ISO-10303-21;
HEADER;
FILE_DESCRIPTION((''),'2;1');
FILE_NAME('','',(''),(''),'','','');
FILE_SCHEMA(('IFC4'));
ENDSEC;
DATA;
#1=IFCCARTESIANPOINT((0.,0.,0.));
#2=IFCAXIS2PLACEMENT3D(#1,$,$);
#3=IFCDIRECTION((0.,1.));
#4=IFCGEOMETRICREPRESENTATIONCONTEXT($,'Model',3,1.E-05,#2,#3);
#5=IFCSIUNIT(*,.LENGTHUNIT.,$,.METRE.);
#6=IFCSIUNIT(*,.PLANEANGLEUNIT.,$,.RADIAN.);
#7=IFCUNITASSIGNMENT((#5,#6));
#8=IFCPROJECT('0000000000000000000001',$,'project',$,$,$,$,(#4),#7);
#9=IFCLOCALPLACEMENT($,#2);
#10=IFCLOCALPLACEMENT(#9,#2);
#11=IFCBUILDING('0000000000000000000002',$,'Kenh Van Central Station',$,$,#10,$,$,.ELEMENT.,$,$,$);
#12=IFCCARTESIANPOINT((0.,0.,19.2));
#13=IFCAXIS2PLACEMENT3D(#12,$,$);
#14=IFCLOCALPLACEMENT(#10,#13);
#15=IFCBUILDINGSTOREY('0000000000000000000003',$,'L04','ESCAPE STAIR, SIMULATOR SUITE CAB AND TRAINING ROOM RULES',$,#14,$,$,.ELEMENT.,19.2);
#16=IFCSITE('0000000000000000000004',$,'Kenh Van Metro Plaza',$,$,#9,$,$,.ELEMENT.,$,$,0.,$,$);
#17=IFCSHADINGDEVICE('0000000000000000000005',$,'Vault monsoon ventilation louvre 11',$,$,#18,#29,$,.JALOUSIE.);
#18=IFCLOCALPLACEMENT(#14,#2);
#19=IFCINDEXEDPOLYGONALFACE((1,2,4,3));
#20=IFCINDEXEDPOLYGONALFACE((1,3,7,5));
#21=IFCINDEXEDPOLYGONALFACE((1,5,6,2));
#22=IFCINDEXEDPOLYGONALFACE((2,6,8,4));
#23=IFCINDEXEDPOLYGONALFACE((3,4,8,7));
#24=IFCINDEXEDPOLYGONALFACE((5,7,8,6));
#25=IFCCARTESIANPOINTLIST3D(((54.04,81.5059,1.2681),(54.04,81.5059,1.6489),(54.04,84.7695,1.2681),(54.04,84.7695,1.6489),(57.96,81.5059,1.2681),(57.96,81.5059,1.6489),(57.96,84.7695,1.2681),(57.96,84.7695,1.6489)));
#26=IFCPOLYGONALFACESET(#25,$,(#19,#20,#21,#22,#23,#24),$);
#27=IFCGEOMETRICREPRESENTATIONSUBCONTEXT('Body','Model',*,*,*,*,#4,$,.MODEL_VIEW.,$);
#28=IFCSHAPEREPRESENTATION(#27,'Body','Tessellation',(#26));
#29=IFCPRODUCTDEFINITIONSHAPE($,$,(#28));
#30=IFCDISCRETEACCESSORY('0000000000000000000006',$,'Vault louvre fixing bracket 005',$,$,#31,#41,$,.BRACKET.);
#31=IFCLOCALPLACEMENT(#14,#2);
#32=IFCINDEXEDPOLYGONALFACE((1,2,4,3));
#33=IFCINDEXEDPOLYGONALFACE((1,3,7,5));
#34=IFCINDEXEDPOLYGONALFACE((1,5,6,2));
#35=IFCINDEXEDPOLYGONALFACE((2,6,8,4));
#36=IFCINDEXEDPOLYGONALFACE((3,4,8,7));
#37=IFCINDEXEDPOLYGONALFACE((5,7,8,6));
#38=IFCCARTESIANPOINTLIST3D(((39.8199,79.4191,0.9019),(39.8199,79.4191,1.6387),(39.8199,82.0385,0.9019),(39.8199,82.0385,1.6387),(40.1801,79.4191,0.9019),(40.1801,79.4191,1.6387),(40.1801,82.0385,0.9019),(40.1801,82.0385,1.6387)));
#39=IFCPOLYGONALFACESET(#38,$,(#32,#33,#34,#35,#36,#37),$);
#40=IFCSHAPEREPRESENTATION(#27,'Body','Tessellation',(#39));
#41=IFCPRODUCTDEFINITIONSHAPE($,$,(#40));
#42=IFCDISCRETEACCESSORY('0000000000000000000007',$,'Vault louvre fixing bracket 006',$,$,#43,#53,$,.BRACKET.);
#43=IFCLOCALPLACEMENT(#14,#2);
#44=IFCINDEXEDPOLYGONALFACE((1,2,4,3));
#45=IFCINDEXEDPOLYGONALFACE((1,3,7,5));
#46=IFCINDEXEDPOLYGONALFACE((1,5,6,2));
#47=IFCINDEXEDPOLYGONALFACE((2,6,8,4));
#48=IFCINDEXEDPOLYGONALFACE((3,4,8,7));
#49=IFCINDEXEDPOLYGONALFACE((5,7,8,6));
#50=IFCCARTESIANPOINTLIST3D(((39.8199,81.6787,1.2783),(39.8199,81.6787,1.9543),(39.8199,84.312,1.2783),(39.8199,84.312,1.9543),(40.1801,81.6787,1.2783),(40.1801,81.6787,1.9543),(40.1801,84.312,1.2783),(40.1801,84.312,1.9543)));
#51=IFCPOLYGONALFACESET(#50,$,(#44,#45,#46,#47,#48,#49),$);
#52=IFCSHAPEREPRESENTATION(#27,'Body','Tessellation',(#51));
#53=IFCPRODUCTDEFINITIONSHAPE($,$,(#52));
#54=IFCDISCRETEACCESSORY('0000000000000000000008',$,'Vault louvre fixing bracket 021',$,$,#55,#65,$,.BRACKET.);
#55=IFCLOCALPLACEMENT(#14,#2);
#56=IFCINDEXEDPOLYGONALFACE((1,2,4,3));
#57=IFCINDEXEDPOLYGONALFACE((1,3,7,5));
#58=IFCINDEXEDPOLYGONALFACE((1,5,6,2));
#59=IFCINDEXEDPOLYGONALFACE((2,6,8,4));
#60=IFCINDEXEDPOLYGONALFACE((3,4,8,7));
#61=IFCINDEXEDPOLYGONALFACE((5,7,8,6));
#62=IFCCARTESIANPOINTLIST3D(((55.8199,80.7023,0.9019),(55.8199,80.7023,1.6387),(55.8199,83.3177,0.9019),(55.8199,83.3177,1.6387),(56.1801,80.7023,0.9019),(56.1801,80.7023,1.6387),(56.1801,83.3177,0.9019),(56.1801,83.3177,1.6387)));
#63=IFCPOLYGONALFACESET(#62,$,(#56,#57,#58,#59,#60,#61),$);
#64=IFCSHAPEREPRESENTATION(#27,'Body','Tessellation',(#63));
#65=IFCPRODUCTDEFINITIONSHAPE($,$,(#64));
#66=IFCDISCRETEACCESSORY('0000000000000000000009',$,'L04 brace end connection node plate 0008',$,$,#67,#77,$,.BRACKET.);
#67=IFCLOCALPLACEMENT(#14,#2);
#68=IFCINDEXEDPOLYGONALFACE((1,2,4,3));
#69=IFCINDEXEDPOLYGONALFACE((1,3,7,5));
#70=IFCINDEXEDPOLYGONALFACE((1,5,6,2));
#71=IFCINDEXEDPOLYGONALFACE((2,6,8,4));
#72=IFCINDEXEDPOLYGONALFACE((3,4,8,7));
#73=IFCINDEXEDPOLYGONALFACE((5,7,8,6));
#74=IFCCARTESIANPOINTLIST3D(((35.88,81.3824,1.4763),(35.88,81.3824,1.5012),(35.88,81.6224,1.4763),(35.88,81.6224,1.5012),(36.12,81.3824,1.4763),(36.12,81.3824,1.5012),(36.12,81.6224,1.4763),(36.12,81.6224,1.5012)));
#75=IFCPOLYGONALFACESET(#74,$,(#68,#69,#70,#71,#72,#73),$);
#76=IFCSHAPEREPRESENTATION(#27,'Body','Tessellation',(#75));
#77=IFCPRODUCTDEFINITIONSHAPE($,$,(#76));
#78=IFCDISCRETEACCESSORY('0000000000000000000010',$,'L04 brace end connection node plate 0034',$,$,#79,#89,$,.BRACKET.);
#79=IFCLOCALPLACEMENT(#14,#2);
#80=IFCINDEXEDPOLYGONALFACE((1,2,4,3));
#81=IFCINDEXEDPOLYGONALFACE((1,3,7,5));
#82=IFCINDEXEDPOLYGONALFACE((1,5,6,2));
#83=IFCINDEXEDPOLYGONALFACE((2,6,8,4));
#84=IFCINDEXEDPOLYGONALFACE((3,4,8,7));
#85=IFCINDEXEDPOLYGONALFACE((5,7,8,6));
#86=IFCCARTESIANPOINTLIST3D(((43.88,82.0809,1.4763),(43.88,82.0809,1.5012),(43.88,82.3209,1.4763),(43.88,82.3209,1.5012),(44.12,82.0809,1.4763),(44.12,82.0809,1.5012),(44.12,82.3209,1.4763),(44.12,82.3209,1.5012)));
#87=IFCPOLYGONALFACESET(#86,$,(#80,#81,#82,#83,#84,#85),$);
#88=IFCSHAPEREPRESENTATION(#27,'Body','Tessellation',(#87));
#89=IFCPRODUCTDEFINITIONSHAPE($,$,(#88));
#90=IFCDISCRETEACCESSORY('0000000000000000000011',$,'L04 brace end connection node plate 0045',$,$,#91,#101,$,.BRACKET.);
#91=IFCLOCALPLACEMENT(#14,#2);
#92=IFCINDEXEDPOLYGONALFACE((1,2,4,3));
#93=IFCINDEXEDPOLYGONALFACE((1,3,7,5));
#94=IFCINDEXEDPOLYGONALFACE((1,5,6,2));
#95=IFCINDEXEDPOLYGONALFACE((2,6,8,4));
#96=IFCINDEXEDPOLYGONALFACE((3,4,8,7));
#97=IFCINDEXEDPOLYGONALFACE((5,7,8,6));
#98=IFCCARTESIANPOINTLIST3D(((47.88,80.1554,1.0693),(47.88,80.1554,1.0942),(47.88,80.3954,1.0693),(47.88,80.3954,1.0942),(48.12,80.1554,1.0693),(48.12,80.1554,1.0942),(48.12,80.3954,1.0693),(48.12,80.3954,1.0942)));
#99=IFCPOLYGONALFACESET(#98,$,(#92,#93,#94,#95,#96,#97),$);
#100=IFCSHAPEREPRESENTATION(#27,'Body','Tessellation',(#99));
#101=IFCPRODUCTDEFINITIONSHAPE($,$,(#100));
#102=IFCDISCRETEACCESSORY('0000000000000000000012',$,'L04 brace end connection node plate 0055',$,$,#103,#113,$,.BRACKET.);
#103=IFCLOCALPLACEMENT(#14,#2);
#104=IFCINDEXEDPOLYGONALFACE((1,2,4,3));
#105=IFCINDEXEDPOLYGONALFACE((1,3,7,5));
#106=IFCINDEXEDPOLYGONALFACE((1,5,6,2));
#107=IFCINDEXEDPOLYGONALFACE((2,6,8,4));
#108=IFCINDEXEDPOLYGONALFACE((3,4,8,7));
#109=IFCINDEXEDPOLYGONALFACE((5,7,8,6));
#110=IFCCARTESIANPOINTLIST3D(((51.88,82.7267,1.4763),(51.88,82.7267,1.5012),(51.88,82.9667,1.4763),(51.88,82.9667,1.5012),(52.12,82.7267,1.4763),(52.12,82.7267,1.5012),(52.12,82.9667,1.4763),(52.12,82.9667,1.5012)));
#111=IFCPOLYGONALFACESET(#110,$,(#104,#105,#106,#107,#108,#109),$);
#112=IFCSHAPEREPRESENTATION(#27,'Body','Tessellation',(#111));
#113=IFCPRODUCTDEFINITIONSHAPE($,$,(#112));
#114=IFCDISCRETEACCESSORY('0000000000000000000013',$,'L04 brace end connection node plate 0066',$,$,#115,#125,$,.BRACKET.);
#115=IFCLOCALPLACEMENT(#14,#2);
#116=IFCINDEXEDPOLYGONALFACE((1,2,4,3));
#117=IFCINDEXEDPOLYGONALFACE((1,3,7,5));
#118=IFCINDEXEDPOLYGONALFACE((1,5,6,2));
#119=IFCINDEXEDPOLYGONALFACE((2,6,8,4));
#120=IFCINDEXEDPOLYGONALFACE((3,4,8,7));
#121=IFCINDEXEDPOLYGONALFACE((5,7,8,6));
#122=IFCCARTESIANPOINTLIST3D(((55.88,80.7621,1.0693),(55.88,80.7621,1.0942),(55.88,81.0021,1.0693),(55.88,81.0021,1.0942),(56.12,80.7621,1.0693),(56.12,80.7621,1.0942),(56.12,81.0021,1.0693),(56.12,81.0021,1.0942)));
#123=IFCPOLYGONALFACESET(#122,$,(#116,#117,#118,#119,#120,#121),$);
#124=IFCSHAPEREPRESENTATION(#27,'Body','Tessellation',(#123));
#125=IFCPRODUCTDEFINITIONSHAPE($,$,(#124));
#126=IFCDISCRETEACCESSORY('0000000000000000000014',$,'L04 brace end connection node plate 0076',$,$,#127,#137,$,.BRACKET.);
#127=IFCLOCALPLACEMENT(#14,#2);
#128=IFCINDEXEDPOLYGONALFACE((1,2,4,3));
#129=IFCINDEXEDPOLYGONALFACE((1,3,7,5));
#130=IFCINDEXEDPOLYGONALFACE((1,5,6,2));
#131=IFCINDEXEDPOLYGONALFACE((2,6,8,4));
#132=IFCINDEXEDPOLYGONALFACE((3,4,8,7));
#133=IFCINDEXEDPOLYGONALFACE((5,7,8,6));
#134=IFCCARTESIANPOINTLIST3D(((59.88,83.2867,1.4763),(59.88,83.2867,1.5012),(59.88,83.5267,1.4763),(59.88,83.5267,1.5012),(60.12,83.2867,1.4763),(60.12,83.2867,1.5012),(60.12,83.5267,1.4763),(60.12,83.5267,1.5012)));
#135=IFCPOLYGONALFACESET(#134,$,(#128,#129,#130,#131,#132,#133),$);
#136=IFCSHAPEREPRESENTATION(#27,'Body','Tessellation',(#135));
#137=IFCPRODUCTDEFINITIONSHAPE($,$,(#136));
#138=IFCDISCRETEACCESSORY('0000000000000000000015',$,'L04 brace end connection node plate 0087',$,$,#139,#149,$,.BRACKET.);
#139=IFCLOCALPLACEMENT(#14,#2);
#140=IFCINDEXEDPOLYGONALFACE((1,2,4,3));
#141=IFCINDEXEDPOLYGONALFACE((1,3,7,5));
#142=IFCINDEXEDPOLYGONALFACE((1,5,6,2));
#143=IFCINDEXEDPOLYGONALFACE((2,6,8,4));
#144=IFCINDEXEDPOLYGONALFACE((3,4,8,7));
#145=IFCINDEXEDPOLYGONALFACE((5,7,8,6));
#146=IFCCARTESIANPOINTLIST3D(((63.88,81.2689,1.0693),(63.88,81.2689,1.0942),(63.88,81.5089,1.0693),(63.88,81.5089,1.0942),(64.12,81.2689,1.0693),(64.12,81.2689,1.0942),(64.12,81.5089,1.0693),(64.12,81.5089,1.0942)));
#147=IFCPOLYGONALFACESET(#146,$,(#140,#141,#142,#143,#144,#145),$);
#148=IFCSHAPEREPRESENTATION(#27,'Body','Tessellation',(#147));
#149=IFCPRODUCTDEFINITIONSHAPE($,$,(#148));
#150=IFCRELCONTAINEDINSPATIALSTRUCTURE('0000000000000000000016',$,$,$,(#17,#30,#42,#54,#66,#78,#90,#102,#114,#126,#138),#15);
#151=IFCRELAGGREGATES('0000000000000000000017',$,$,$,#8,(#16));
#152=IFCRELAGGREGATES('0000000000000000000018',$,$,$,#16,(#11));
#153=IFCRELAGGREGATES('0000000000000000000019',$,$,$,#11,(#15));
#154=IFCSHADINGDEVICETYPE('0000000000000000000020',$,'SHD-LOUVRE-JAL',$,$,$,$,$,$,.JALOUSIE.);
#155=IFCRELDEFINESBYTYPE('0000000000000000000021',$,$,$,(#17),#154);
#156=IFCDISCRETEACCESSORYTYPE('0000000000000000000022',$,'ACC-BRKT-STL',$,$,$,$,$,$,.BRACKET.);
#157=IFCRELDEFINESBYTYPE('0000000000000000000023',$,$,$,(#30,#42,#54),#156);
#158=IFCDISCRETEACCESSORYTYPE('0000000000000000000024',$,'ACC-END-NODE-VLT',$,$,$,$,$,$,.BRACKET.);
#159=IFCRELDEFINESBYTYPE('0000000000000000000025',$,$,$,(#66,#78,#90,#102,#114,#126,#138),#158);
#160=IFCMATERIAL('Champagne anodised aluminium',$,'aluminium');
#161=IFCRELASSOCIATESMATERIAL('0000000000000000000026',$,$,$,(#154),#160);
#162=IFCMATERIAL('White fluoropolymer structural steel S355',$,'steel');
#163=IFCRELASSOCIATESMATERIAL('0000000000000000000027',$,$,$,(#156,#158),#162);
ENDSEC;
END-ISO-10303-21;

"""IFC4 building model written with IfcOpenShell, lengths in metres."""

from ifc_helpers import new_model, si_unit, direction, frame, origin, origin_2d, place, context, subcontext, project, spatial, rectangle, extrude, material, type_object, element, save


model = new_model("IFC4")

# Units and contexts
model_context = context("Model", 3, precision=1e-05, world=origin(), true_north=direction((0.0, 1.0)))
body_context = subcontext(model_context, "Body", "Model", "MODEL_VIEW")
ifc_project = project(units=[si_unit("LENGTHUNIT", "METRE"), si_unit("PLANEANGLEUNIT", "RADIAN")], contexts=[model_context])

# Site, building, storey
site_placement = place(None, origin())
site = spatial("IfcSite", under=ifc_project, at=site_placement, Name="Kenh Van Metro Plaza", CompositionType="ELEMENT", RefElevation=0.0)
building_placement = place(site_placement, origin())
building = spatial("IfcBuilding", under=site, at=building_placement, Name="Kenh Van Central Station", CompositionType="ELEMENT")
storey_placement = place(building_placement, frame((0.0, 0.0, 19.2)))
storey = spatial("IfcBuildingStorey", under=building, at=storey_placement, Name="L04", Description="ESCAPE STAIR, SIMULATOR SUITE CAB AND TRAINING ROOM RULES", CompositionType="ELEMENT", Elevation=19.2)

# Shared definitions
ifc_material_1 = material(Name="White fluoropolymer structural steel S355", Category="steel")

# Shading device
ifc_material_2 = material(Name="Champagne anodised aluminium", Category="aluminium")
shading_device_type = type_object("IfcShadingDeviceType", Name="SHD-LOUVRE-JAL", PredefinedType="JALOUSIE", material=ifc_material_2)
for number, where, z_axis, x_axis, name in (
    (1, (56.0, 83.1377, 1.2681), (0.0, 0.0, 1.0), (1.0, 0.0, 0.0), "Vault monsoon ventilation louvre 11"),
):
    element("IfcShadingDevice", number, at=place(storey_placement, frame(where, z_axis=z_axis, x_axis=x_axis)), inside=storey, type_object=shading_device_type, Name=name, PredefinedType="JALOUSIE", context=body_context, shape_type="SweptSolid", body=[
        extrude(rectangle(XDim=3.9199, YDim=3.2637, at=origin_2d()), origin(), (0.0, 0.0, 1.0), 0.3809),
    ])

# Discrete accessories
discrete_accessory_type_1 = type_object("IfcDiscreteAccessoryType", Name="ACC-BRKT-STL", PredefinedType="BRACKET", material=ifc_material_1)
discrete_accessory_1_placement = place(storey_placement, frame((40.0, 80.7288, 0.9019), z_axis=(0.0, 0.0, 1.0), x_axis=(1.0, 0.0, 0.0)))
element("IfcDiscreteAccessory", 2, at=discrete_accessory_1_placement, inside=storey, type_object=discrete_accessory_type_1, Name="Vault louvre fixing bracket 005", PredefinedType="BRACKET", context=body_context, shape_type="SweptSolid", body=[
    extrude(rectangle(XDim=0.3601, YDim=2.6194, at=origin_2d()), origin(), (0.0, 0.0, 1.0), 0.7368),
])
discrete_accessory_2_placement = place(storey_placement, frame((40.0, 82.9954, 1.2783), z_axis=(0.0, 0.0, 1.0), x_axis=(1.0, 0.0, 0.0)))
element("IfcDiscreteAccessory", 3, at=discrete_accessory_2_placement, inside=storey, type_object=discrete_accessory_type_1, Name="Vault louvre fixing bracket 006", PredefinedType="BRACKET", context=body_context, shape_type="SweptSolid", body=[
    extrude(rectangle(XDim=0.3601, YDim=2.6333, at=origin_2d()), origin(), (0.0, 0.0, 1.0), 0.676),
])
discrete_accessory_3_placement = place(storey_placement, frame((56.0, 82.01, 0.9019), z_axis=(0.0, 0.0, 1.0), x_axis=(1.0, 0.0, 0.0)))
element("IfcDiscreteAccessory", 4, at=discrete_accessory_3_placement, inside=storey, type_object=discrete_accessory_type_1, Name="Vault louvre fixing bracket 021", PredefinedType="BRACKET", context=body_context, shape_type="SweptSolid", body=[
    extrude(rectangle(XDim=0.3601, YDim=2.6155, at=origin_2d()), origin(), (0.0, 0.0, 1.0), 0.7368),
])
discrete_accessory_type_2 = type_object("IfcDiscreteAccessoryType", Name="ACC-END-NODE-VLT", PredefinedType="BRACKET", material=ifc_material_1)
for number, where, z_axis, x_axis, name in (
    (5, (36.0, 81.5024, 1.4763), (0.0, 0.0, 1.0), (1.0, 0.0, 0.0), "L04 brace end connection node plate 0008"),
    (6, (44.0, 82.2009, 1.4763), (0.0, 0.0, 1.0), (1.0, 0.0, 0.0), "L04 brace end connection node plate 0034"),
    (7, (48.0, 80.2754, 1.0693), (0.0, 0.0, 1.0), (1.0, 0.0, 0.0), "L04 brace end connection node plate 0045"),
    (8, (52.0, 82.8467, 1.4763), (0.0, 0.0, 1.0), (1.0, 0.0, 0.0), "L04 brace end connection node plate 0055"),
    (9, (56.0, 80.8821, 1.0693), (0.0, 0.0, 1.0), (1.0, 0.0, 0.0), "L04 brace end connection node plate 0066"),
    (10, (60.0, 83.4067, 1.4763), (0.0, 0.0, 1.0), (1.0, 0.0, 0.0), "L04 brace end connection node plate 0076"),
    (11, (64.0, 81.3889, 1.0693), (0.0, 0.0, 1.0), (1.0, 0.0, 0.0), "L04 brace end connection node plate 0087"),
):
    element("IfcDiscreteAccessory", number, at=place(storey_placement, frame(where, z_axis=z_axis, x_axis=x_axis)), inside=storey, type_object=discrete_accessory_type_2, Name=name, PredefinedType="BRACKET", context=body_context, shape_type="SweptSolid", body=[
        extrude(rectangle(XDim=0.24, YDim=0.24, at=origin_2d()), origin(), (0.0, 0.0, 1.0), 0.0249),
    ])

save(model, "model.ifc")
